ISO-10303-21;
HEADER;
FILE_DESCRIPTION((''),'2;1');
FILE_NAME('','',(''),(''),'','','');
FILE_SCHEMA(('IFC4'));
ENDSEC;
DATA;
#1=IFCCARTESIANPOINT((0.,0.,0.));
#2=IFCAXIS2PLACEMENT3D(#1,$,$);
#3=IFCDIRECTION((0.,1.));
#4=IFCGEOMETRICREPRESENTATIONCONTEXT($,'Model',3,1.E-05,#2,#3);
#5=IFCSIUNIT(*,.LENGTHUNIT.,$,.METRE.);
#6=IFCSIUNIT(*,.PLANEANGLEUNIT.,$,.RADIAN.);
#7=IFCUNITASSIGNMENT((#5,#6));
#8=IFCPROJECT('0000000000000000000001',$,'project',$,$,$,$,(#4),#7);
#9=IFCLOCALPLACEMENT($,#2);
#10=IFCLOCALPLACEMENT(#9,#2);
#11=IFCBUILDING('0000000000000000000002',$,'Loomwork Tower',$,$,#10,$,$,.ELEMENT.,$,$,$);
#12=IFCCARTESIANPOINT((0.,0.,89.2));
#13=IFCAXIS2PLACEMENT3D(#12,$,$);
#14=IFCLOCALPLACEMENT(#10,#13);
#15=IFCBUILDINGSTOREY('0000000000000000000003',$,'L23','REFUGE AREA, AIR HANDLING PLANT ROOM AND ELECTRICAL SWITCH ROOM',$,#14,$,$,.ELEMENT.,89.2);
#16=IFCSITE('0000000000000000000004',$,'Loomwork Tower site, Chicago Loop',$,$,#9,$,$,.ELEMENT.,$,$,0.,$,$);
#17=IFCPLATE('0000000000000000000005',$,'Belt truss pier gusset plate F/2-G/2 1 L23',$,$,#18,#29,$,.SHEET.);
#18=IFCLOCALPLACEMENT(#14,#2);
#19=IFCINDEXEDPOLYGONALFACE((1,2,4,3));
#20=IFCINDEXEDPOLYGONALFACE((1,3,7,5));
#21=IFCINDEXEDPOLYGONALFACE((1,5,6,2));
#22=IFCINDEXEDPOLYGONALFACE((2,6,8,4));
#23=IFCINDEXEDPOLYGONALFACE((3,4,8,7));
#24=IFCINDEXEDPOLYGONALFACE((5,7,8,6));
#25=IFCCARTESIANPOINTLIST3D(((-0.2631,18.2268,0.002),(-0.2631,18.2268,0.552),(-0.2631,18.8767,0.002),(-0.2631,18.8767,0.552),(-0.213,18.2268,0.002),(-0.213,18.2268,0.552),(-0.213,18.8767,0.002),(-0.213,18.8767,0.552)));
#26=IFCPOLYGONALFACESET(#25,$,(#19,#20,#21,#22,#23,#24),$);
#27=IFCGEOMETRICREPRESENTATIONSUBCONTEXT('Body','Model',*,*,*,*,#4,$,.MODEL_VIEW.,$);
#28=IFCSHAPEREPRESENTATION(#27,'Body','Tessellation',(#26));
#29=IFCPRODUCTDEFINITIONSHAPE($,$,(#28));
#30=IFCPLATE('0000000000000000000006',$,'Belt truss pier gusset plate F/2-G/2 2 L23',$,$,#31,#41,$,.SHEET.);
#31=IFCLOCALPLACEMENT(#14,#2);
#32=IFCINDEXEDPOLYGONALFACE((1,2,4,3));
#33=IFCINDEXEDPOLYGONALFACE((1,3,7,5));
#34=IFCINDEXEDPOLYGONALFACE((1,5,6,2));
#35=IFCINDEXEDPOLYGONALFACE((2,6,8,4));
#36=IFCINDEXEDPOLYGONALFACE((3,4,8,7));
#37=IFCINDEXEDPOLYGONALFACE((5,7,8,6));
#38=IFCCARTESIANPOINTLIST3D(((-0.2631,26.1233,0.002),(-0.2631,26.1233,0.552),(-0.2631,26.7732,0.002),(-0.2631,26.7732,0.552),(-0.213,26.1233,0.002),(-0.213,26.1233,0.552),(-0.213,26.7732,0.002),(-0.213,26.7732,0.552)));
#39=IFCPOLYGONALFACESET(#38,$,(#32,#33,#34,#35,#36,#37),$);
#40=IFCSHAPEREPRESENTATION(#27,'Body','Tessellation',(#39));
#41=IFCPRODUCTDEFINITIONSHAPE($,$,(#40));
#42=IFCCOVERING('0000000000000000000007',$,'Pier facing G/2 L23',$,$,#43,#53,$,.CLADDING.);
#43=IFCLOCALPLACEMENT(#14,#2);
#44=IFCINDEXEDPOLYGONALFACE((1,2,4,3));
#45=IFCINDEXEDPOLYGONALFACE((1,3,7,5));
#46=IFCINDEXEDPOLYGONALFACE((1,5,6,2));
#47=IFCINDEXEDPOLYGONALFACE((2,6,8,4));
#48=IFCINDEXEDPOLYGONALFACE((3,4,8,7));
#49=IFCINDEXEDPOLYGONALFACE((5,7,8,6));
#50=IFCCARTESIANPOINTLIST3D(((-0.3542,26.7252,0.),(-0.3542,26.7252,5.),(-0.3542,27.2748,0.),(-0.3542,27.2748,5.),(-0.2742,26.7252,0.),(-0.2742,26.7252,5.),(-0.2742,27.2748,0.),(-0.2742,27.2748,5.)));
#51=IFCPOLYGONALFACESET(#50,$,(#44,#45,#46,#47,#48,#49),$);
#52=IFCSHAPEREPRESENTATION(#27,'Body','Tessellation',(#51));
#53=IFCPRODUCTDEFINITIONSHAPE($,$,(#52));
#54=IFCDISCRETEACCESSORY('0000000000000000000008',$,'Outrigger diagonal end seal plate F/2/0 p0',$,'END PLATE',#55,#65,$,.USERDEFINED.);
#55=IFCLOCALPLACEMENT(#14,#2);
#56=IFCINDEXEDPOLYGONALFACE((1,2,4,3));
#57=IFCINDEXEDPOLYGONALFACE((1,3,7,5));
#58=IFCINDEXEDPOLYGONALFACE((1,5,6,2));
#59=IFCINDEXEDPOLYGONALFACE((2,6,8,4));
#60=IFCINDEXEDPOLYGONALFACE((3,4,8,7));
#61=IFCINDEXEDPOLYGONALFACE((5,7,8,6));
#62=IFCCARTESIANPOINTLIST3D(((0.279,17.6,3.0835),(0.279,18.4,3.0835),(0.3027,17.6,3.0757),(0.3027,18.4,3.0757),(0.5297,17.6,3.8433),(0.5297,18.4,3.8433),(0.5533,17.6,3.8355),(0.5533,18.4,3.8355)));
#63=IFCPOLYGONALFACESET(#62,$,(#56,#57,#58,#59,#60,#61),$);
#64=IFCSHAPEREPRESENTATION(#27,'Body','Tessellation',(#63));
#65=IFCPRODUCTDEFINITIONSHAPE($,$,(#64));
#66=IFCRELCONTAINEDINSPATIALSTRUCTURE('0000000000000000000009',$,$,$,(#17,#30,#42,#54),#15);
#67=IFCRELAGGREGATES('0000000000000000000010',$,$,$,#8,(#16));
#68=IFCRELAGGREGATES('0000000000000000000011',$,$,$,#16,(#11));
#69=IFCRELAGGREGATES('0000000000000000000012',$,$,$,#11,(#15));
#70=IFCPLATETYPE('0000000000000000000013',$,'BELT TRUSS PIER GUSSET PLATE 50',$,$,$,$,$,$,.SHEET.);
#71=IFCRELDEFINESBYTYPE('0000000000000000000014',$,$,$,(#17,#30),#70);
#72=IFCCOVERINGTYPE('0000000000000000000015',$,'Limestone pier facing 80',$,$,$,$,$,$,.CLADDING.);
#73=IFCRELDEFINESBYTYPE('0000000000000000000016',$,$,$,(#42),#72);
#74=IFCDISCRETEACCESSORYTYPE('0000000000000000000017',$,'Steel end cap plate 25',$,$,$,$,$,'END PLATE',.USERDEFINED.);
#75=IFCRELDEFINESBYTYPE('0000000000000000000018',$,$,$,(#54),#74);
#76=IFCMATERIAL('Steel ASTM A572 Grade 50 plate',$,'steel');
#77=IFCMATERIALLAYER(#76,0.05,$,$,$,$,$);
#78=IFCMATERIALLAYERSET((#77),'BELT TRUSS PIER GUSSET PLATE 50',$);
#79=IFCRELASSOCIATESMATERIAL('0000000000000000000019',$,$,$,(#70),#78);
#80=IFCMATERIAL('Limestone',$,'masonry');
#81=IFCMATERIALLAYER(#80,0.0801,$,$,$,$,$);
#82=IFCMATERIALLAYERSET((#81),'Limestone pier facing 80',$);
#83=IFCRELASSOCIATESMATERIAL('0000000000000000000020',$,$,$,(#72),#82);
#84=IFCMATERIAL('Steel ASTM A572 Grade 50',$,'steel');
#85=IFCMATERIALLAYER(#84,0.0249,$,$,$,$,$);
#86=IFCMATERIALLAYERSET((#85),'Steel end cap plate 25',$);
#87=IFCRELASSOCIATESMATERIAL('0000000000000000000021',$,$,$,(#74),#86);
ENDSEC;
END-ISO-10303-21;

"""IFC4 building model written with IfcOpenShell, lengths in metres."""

from ifc_helpers import new_model, si_unit, direction, frame, origin, origin_2d, place, context, subcontext, project, spatial, rectangle, extrude, material, layer, layer_set, type_object, element, save


model = new_model("IFC4")

# Units and contexts
model_context = context("Model", 3, precision=1e-05, world=origin(), true_north=direction((0.0, 1.0)))
body_context = subcontext(model_context, "Body", "Model", "MODEL_VIEW")
ifc_project = project(units=[si_unit("LENGTHUNIT", "METRE"), si_unit("PLANEANGLEUNIT", "RADIAN")], contexts=[model_context])

# Site, building, storey
site_placement = place(None, origin())
site = spatial("IfcSite", under=ifc_project, at=site_placement, Name="Loomwork Tower site, Chicago Loop", CompositionType="ELEMENT", RefElevation=0.0)
building_placement = place(site_placement, origin())
building = spatial("IfcBuilding", under=site, at=building_placement, Name="Loomwork Tower", CompositionType="ELEMENT")
storey_placement = place(building_placement, frame((0.0, 0.0, 89.2)))
storey = spatial("IfcBuildingStorey", under=building, at=storey_placement, Name="L23", Description="REFUGE AREA, AIR HANDLING PLANT ROOM AND ELECTRICAL SWITCH ROOM", CompositionType="ELEMENT", Elevation=89.2)

# Plates
ifc_material_1 = material(Name="Steel ASTM A572 Grade 50 plate", Category="steel")
ifc_layer_1 = layer(ifc_material_1, 0.05)
ifc_layer_set_1 = layer_set([ifc_layer_1], Name="BELT TRUSS PIER GUSSET PLATE 50")
plate_type_1 = type_object("IfcPlateType", Name="BELT TRUSS PIER GUSSET PLATE 50", PredefinedType="SHEET", material=ifc_layer_set_1)
for number, where, z_axis, x_axis, name in (
    (1, (-0.238, 18.5518, 0.002), (0.0, 0.0, 1.0), (0.0, 1.0, 0.0), "Belt truss pier gusset plate F/2-G/2 1 L23"),
    (2, (-0.238, 26.4482, 0.002), (0.0, 0.0, 1.0), (0.0, 1.0, 0.0), "Belt truss pier gusset plate F/2-G/2 2 L23"),
):
    element("IfcPlate", number, at=place(storey_placement, frame(where, z_axis=z_axis, x_axis=x_axis)), inside=storey, type_object=plate_type_1, Name=name, PredefinedType="SHEET", context=body_context, shape_type="SweptSolid", body=[
        extrude(rectangle(XDim=0.6499, YDim=0.05, at=origin_2d()), origin(), (0.0, 0.0, 1.0), 0.55),
    ])

# Covering
ifc_material_2 = material(Name="Limestone", Category="masonry")
ifc_layer_2 = layer(ifc_material_2, 0.0801)
ifc_layer_set_2 = layer_set([ifc_layer_2], Name="Limestone pier facing 80")
covering_type = type_object("IfcCoveringType", Name="Limestone pier facing 80", PredefinedType="CLADDING", material=ifc_layer_set_2)
covering_placement = place(storey_placement, frame((-0.3142, 27.0, 0.0), z_axis=(0.0, 0.0, 1.0), x_axis=(1.0, 0.0, 0.0)))
element("IfcCovering", 3, at=covering_placement, inside=storey, type_object=covering_type, Name="Pier facing G/2 L23", PredefinedType="CLADDING", context=body_context, shape_type="SweptSolid", body=[
    extrude(rectangle(XDim=0.0801, YDim=0.5496, at=origin_2d()), origin(), (0.0, 0.0, 1.0), 5.0),
])

# Discrete accessory
ifc_material_3 = material(Name="Steel ASTM A572 Grade 50", Category="steel")
ifc_layer_3 = layer(ifc_material_3, 0.0249)
ifc_layer_set_3 = layer_set([ifc_layer_3], Name="Steel end cap plate 25")
discrete_accessory_type = type_object("IfcDiscreteAccessoryType", Name="Steel end cap plate 25", ElementType="END PLATE", PredefinedType="USERDEFINED", material=ifc_layer_set_3)
discrete_accessory_placement = place(storey_placement, frame((0.428, 18.0, 3.4556), z_axis=(-0.949658, 0.0, 0.313289), x_axis=(0.0, -1.0, 0.0)))
element("IfcDiscreteAccessory", 4, at=discrete_accessory_placement, inside=storey, type_object=discrete_accessory_type, Name="Outrigger diagonal end seal plate F/2/0 p0", ObjectType="END PLATE", PredefinedType="USERDEFINED", context=body_context, shape_type="SweptSolid", body=[
    extrude(rectangle(XDim=0.8, YDim=0.8, at=origin_2d()), origin(), (0.0, 0.0, 1.0), 0.0249),
])

save(model, "model.ifc")
